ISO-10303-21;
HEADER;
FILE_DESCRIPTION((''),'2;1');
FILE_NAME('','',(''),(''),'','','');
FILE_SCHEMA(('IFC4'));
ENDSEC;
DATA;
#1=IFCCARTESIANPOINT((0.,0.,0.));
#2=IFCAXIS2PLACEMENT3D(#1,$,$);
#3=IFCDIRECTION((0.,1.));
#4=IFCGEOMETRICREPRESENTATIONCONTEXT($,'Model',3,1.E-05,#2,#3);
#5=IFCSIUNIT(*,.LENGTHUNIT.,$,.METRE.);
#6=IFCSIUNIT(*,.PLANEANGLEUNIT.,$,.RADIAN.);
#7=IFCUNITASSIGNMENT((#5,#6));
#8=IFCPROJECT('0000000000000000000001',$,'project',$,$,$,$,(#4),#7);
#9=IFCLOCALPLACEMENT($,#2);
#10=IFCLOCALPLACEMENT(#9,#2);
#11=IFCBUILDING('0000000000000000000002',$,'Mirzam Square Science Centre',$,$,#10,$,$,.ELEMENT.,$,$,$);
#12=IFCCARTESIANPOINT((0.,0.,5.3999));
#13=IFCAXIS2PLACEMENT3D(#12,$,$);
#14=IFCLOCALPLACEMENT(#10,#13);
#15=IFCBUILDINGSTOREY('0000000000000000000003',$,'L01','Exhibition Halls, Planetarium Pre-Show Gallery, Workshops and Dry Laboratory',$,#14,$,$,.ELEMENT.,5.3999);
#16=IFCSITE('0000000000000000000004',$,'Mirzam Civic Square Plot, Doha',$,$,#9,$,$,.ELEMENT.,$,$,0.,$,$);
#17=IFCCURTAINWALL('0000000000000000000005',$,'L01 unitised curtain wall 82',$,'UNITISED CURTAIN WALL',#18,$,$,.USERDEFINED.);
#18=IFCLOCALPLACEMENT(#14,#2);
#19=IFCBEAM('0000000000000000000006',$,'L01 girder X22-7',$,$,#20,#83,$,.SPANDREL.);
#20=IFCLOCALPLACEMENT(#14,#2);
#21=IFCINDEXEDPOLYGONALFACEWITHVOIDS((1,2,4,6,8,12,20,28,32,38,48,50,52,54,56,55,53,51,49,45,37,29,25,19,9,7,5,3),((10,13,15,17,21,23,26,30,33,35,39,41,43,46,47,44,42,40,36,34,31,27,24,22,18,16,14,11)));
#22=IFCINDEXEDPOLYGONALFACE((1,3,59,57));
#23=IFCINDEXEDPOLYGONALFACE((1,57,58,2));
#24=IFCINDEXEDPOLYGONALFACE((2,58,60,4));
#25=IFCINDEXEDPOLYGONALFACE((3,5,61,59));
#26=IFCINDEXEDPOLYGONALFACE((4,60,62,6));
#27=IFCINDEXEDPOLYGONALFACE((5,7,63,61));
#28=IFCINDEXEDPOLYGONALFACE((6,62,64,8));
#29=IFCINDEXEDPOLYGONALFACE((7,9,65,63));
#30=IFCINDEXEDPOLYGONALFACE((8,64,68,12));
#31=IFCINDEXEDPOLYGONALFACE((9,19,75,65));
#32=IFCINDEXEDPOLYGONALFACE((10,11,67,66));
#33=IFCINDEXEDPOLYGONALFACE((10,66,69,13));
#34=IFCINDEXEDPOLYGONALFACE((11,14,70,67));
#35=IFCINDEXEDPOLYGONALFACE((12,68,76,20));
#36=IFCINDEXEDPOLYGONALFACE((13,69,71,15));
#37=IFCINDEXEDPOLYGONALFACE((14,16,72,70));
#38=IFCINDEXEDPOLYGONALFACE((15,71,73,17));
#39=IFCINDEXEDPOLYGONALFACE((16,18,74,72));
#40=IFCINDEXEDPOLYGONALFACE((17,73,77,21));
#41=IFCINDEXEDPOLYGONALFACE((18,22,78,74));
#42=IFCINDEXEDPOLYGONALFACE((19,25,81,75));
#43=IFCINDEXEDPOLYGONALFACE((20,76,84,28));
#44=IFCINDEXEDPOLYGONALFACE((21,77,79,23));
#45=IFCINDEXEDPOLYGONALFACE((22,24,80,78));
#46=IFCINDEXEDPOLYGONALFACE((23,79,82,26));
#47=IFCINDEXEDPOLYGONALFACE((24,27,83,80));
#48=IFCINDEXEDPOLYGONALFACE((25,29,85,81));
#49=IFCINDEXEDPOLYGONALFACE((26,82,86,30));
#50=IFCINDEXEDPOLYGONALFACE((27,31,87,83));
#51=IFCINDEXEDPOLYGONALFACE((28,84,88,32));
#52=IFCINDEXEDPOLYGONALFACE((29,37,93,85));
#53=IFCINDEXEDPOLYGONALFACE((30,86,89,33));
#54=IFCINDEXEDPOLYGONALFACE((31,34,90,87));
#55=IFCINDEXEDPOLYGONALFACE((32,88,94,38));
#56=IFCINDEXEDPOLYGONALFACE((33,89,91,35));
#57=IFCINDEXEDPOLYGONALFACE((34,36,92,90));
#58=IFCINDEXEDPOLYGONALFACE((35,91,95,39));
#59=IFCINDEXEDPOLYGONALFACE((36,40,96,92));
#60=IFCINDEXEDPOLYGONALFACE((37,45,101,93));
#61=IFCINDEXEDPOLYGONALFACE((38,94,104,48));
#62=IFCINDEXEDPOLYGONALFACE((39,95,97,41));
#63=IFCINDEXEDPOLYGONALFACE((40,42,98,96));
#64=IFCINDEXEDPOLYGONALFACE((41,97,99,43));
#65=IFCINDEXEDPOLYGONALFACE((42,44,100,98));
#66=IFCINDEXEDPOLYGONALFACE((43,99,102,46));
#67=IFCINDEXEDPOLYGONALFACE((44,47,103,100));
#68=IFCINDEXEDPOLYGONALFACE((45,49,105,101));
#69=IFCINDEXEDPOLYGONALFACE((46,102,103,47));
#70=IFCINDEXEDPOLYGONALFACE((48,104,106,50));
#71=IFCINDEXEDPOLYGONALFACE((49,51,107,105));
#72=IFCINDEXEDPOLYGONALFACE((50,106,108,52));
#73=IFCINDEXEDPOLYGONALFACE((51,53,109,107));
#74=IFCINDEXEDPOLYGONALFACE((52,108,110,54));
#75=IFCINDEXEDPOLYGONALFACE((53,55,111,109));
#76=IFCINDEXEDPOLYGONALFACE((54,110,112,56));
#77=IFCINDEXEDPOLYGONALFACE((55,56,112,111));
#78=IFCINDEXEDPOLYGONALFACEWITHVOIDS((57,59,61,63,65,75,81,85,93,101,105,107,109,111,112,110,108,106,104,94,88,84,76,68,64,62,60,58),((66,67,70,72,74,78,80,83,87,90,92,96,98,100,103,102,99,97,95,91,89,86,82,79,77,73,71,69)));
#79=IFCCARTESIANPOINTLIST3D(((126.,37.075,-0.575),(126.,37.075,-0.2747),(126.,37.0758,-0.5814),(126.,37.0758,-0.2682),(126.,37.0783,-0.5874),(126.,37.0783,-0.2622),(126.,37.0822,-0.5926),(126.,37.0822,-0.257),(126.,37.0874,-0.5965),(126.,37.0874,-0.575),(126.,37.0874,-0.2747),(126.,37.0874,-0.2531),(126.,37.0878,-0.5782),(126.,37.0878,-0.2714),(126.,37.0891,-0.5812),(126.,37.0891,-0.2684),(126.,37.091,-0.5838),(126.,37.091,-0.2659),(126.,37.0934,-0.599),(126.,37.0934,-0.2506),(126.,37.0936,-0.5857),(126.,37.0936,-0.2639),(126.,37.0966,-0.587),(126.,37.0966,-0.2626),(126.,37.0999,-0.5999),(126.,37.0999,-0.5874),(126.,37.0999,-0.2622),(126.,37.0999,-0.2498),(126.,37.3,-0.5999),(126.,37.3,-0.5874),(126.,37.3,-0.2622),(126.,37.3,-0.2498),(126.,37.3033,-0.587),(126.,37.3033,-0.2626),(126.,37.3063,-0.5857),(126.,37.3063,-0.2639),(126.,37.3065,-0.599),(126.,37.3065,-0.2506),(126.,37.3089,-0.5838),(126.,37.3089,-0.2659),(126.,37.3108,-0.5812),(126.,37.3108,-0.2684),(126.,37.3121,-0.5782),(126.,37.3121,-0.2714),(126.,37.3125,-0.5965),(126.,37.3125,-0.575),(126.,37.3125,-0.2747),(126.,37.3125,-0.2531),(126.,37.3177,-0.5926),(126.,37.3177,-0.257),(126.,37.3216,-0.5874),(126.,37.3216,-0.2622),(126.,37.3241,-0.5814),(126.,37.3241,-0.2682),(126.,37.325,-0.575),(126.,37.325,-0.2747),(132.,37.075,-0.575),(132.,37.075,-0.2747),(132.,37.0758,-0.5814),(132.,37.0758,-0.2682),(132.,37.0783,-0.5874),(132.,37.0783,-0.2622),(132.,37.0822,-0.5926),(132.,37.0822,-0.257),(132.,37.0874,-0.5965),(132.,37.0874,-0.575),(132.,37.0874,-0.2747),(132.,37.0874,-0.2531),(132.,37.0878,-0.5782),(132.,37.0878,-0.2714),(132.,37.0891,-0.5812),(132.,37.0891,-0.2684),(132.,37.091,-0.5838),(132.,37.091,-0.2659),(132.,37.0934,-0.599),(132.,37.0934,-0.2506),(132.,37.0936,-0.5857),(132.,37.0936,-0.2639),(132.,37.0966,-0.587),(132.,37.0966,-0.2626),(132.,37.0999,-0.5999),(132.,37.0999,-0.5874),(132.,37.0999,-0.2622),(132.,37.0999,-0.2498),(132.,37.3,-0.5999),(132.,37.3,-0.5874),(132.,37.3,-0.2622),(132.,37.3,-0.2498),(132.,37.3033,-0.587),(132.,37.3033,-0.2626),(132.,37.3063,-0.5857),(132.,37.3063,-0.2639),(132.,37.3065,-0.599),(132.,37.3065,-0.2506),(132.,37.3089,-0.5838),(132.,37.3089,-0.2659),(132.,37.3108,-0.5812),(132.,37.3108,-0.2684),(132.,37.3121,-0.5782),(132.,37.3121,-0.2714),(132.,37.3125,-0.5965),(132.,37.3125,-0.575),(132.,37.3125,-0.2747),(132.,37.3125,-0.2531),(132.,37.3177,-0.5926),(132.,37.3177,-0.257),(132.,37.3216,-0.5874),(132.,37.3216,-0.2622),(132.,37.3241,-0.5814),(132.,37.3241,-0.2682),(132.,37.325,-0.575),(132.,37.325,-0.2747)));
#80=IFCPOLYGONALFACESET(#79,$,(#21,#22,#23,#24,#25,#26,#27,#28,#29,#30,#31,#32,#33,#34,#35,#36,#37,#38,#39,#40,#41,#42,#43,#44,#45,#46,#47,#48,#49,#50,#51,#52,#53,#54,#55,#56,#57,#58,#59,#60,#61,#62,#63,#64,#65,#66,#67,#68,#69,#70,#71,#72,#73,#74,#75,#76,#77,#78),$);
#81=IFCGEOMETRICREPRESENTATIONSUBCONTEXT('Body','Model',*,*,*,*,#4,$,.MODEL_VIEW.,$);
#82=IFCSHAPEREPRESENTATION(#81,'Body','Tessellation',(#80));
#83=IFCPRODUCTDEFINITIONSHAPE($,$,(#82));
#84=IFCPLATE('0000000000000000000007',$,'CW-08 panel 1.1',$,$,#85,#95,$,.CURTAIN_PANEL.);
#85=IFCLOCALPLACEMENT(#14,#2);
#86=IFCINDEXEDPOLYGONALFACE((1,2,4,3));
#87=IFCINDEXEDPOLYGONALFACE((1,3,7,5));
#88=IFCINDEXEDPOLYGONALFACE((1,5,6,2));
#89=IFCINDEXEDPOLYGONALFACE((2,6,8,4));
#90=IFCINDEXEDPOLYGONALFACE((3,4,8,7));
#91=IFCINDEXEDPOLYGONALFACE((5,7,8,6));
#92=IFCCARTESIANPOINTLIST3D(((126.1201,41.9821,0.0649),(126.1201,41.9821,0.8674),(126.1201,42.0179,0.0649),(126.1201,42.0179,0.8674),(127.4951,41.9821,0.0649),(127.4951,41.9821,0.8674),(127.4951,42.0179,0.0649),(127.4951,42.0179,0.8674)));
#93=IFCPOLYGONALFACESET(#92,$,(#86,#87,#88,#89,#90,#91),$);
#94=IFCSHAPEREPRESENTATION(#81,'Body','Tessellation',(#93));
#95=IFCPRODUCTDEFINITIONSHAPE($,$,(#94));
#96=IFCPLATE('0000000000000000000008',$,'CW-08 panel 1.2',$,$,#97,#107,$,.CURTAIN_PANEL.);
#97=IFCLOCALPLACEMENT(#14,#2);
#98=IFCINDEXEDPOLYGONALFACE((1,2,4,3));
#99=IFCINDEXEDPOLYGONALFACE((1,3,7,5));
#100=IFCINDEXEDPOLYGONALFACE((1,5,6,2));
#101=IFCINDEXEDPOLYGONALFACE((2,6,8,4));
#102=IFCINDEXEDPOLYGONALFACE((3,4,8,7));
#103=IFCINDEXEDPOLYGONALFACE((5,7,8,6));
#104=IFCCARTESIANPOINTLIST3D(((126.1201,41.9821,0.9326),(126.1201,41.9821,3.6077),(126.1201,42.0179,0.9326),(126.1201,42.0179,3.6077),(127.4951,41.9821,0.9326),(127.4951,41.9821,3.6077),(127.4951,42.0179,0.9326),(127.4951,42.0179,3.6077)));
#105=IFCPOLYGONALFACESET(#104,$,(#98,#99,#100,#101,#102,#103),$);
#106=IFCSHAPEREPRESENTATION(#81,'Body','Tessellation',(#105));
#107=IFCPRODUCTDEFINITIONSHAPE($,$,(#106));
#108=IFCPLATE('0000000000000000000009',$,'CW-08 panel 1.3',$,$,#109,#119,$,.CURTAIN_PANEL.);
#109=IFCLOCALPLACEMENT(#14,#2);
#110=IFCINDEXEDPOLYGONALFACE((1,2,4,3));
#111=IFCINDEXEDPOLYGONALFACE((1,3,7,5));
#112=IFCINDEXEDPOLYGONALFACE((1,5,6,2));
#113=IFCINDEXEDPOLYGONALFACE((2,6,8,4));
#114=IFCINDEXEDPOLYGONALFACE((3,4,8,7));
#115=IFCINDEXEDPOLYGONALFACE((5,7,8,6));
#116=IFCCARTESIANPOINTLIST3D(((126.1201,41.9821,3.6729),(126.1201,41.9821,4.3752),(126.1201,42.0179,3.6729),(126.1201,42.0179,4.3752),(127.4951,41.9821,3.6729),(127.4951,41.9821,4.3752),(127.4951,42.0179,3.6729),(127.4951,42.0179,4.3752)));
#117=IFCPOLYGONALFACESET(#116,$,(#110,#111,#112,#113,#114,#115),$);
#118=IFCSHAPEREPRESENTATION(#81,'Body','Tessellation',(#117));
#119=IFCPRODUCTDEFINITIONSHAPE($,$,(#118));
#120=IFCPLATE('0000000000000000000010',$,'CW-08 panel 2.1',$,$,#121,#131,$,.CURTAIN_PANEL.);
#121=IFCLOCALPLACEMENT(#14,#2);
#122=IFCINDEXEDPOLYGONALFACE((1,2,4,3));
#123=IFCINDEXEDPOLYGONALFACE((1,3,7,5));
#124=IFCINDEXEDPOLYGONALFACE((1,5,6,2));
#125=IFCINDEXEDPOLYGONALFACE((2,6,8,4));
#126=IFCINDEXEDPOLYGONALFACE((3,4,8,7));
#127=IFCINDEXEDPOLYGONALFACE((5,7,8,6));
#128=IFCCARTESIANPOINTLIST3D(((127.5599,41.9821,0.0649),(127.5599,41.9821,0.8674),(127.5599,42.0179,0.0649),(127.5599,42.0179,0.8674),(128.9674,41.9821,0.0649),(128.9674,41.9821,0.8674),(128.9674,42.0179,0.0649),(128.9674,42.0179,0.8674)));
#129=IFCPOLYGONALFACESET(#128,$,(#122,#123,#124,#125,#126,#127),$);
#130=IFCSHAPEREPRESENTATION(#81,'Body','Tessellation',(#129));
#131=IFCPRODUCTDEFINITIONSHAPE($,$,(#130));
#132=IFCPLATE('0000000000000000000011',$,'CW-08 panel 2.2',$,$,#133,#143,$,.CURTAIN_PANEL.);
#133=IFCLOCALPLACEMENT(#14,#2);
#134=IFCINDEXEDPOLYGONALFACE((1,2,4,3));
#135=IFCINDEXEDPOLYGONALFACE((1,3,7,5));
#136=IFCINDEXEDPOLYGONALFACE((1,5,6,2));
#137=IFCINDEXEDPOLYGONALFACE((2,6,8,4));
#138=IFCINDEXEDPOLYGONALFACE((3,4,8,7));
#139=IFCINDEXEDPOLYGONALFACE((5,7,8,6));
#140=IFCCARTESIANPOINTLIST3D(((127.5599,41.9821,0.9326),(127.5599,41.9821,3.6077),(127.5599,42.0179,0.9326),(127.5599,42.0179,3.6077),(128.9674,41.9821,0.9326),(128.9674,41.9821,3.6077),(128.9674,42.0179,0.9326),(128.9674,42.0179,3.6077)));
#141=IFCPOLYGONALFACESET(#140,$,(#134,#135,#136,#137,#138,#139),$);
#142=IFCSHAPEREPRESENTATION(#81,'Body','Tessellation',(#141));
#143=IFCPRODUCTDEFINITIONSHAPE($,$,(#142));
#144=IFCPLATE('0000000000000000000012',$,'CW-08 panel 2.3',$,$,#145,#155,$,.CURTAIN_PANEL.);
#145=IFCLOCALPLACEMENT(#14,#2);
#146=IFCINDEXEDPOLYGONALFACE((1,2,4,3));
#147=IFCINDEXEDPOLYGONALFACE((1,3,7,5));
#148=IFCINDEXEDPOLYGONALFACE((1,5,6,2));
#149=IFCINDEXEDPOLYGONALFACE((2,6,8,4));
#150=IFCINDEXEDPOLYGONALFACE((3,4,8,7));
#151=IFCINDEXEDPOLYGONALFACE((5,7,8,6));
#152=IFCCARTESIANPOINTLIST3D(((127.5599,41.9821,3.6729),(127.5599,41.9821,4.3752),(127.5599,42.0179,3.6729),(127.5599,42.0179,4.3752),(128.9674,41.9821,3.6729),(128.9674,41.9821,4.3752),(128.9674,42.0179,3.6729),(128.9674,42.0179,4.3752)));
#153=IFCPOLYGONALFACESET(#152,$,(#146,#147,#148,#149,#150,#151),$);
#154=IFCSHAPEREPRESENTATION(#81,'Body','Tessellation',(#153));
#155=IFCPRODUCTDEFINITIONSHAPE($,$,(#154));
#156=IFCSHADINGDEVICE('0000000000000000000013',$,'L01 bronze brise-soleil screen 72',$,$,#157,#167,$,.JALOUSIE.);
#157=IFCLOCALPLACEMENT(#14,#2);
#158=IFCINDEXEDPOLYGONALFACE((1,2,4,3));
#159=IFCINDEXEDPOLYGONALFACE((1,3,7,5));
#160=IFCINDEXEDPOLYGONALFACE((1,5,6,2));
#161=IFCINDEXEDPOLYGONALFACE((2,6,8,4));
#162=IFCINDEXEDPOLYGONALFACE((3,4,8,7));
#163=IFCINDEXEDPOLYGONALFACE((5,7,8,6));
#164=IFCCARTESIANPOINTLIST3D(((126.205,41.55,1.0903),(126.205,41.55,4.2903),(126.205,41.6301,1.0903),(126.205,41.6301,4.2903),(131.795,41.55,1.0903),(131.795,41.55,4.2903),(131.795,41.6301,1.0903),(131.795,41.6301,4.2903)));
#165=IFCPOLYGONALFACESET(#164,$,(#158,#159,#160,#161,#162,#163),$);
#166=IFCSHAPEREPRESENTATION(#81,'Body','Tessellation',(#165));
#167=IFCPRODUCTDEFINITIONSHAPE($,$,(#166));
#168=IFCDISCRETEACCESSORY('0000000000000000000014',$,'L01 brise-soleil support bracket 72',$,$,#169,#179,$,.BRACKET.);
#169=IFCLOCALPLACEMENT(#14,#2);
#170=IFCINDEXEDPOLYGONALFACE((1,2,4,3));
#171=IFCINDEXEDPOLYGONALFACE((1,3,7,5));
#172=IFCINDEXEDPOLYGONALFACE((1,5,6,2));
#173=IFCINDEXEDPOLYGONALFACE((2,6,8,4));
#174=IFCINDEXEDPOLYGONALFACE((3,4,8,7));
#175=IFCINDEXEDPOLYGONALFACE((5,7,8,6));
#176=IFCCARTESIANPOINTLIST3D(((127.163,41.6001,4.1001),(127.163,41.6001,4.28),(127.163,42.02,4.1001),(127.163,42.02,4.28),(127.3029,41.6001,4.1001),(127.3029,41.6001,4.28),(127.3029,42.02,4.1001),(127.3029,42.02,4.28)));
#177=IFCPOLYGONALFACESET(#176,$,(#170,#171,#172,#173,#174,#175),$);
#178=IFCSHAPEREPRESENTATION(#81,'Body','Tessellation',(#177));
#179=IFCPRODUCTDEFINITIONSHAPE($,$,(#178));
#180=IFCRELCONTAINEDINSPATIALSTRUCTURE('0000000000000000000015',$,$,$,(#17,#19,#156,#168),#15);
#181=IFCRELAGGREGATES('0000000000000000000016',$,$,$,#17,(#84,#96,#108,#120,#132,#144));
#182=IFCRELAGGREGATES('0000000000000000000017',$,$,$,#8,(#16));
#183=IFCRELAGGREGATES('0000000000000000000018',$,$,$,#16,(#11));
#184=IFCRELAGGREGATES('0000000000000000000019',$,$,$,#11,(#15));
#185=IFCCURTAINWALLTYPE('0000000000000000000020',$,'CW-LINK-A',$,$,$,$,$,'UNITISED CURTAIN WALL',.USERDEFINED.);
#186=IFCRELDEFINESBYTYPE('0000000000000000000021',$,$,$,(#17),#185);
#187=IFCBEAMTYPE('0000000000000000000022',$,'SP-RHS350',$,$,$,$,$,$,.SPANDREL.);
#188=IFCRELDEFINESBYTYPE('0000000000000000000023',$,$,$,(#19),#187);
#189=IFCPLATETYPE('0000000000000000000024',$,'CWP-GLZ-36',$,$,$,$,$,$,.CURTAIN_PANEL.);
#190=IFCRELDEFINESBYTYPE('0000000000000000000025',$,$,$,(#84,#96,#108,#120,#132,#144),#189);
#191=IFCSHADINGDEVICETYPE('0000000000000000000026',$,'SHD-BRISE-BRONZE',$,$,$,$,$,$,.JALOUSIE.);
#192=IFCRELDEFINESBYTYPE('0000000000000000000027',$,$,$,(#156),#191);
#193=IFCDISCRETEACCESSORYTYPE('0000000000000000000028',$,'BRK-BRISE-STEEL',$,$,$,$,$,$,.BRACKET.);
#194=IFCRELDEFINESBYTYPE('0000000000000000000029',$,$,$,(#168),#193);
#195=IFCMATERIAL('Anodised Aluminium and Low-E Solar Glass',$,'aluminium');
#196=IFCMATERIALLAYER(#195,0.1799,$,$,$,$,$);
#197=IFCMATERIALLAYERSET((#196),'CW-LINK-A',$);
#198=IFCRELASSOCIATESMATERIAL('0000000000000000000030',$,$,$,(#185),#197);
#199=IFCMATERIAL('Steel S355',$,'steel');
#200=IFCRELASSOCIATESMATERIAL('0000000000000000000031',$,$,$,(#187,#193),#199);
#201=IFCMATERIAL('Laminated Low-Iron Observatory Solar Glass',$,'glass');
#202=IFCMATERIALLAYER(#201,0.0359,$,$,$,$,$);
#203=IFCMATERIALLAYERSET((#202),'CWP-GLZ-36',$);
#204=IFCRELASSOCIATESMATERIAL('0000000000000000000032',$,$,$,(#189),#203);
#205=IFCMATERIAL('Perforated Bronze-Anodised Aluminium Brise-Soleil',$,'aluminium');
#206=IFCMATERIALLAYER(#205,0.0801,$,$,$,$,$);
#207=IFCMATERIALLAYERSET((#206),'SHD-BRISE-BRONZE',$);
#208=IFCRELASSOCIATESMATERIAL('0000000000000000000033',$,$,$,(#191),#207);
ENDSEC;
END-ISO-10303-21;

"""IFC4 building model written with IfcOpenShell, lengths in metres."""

from ifc_helpers import new_model, si_unit, direction, frame, origin, origin_2d, place, context, subcontext, project, spatial, rectangle, hollow_rectangle, extrude, material, layer, layer_set, material_profile, profile_set, type_object, element, aggregate, save


model = new_model("IFC4")

# Units and contexts
model_context = context("Model", 3, precision=1e-05, world=origin(), true_north=direction((0.0, 1.0)))
body_context = subcontext(model_context, "Body", "Model", "MODEL_VIEW")
ifc_project = project(units=[si_unit("LENGTHUNIT", "METRE"), si_unit("PLANEANGLEUNIT", "RADIAN")], contexts=[model_context])

# Site, building, storey
site_placement = place(None, origin())
site = spatial("IfcSite", under=ifc_project, at=site_placement, Name="Mirzam Civic Square Plot, Doha", CompositionType="ELEMENT", RefElevation=0.0)
building_placement = place(site_placement, origin())
building = spatial("IfcBuilding", under=site, at=building_placement, Name="Mirzam Square Science Centre", CompositionType="ELEMENT")
storey_placement = place(building_placement, frame((0.0, 0.0, 5.3999)))
storey = spatial("IfcBuildingStorey", under=building, at=storey_placement, Name="L01", Description="Exhibition Halls, Planetarium Pre-Show Gallery, Workshops and Dry Laboratory", CompositionType="ELEMENT", Elevation=5.3999)

# Shared definitions
ifc_material_1 = material(Name="Steel S355", Category="steel")

# Curtain wall
ifc_material_2 = material(Name="Anodised Aluminium and Low-E Solar Glass", Category="aluminium")
ifc_layer_1 = layer(ifc_material_2, 0.1799)
ifc_layer_set_1 = layer_set([ifc_layer_1], Name="CW-LINK-A")
curtain_wall_type = type_object("IfcCurtainWallType", Name="CW-LINK-A", ElementType="UNITISED CURTAIN WALL", PredefinedType="USERDEFINED", material=ifc_layer_set_1)
curtain_wall_placement = place(storey_placement, origin())
curtain_wall = element("IfcCurtainWall", 1, at=curtain_wall_placement, inside=storey, type_object=curtain_wall_type, Name="L01 unitised curtain wall 82", ObjectType="UNITISED CURTAIN WALL", PredefinedType="USERDEFINED")

# Beam
ifc_material_profile_1 = material_profile(ifc_material_1, hollow_rectangle(XDim=0.25, YDim=0.3501, WallThickness=0.0125, InnerFilletRadius=0.0125, OuterFilletRadius=0.0249, at=origin_2d()), Name="350x250x12.5RHS")
ifc_profile_set_1 = profile_set([ifc_material_profile_1], Name="Steel S355")
beam_type_1 = type_object("IfcBeamType", Name="SP-RHS350", PredefinedType="SPANDREL", material=ifc_profile_set_1)
beam_1_placement = place(storey_placement, frame((126.0, 37.2, -0.4248), z_axis=(1.0, 0.0, 0.0), x_axis=(0.0, 1.0, 0.0)))
element("IfcBeam", 2, at=beam_1_placement, inside=storey, type_object=beam_type_1, Name="L01 girder X22-7", PredefinedType="SPANDREL", context=body_context, shape_type="SweptSolid", body=[
    extrude(hollow_rectangle(XDim=0.25, YDim=0.3501, WallThickness=0.0125, InnerFilletRadius=0.0125, OuterFilletRadius=0.0249, at=origin_2d()), origin(), (0.0, 0.0, 1.0), 6.0),
])

# Plates
ifc_material_3 = material(Name="Laminated Low-Iron Observatory Solar Glass", Category="glass")
ifc_layer_2 = layer(ifc_material_3, 0.0359)
ifc_layer_set_2 = layer_set([ifc_layer_2], Name="CWP-GLZ-36")
plate_type = type_object("IfcPlateType", Name="CWP-GLZ-36", PredefinedType="CURTAIN_PANEL", material=ifc_layer_set_2)
plate_1_placement = place(storey_placement, frame((126.8076, 42.0, 0.0649), z_axis=(0.0, 0.0, 1.0), x_axis=(1.0, 0.0, 0.0)))
plate_1 = element("IfcPlate", 3, at=plate_1_placement, type_object=plate_type, Name="CW-08 panel 1.1", PredefinedType="CURTAIN_PANEL", context=body_context, shape_type="SweptSolid", body=[
    extrude(rectangle(XDim=1.375, YDim=0.0359, at=origin_2d()), origin(), (0.0, 0.0, 1.0), 0.8025),
])
plate_2_placement = place(storey_placement, frame((126.8076, 42.0, 0.9326), z_axis=(0.0, 0.0, 1.0), x_axis=(1.0, 0.0, 0.0)))
plate_2 = element("IfcPlate", 4, at=plate_2_placement, type_object=plate_type, Name="CW-08 panel 1.2", PredefinedType="CURTAIN_PANEL", context=body_context, shape_type="SweptSolid", body=[
    extrude(rectangle(XDim=1.375, YDim=0.0359, at=origin_2d()), origin(), (0.0, 0.0, 1.0), 2.675),
])
plate_3_placement = place(storey_placement, frame((126.8076, 42.0, 3.6729), z_axis=(0.0, 0.0, 1.0), x_axis=(1.0, 0.0, 0.0)))
plate_3 = element("IfcPlate", 5, at=plate_3_placement, type_object=plate_type, Name="CW-08 panel 1.3", PredefinedType="CURTAIN_PANEL", context=body_context, shape_type="SweptSolid", body=[
    extrude(rectangle(XDim=1.375, YDim=0.0359, at=origin_2d()), origin(), (0.0, 0.0, 1.0), 0.7024),
])
plate_4_placement = place(storey_placement, frame((128.2637, 42.0, 0.0649), z_axis=(0.0, 0.0, 1.0), x_axis=(1.0, 0.0, 0.0)))
plate_4 = element("IfcPlate", 6, at=plate_4_placement, type_object=plate_type, Name="CW-08 panel 2.1", PredefinedType="CURTAIN_PANEL", context=body_context, shape_type="SweptSolid", body=[
    extrude(rectangle(XDim=1.4075, YDim=0.0359, at=origin_2d()), origin(), (0.0, 0.0, 1.0), 0.8025),
])
plate_5_placement = place(storey_placement, frame((128.2637, 42.0, 0.9326), z_axis=(0.0, 0.0, 1.0), x_axis=(1.0, 0.0, 0.0)))
plate_5 = element("IfcPlate", 7, at=plate_5_placement, type_object=plate_type, Name="CW-08 panel 2.2", PredefinedType="CURTAIN_PANEL", context=body_context, shape_type="SweptSolid", body=[
    extrude(rectangle(XDim=1.4075, YDim=0.0359, at=origin_2d()), origin(), (0.0, 0.0, 1.0), 2.675),
])
plate_6_placement = place(storey_placement, frame((128.2637, 42.0, 3.6729), z_axis=(0.0, 0.0, 1.0), x_axis=(1.0, 0.0, 0.0)))
plate_6 = element("IfcPlate", 8, at=plate_6_placement, type_object=plate_type, Name="CW-08 panel 2.3", PredefinedType="CURTAIN_PANEL", context=body_context, shape_type="SweptSolid", body=[
    extrude(rectangle(XDim=1.4075, YDim=0.0359, at=origin_2d()), origin(), (0.0, 0.0, 1.0), 0.7024),
])
aggregate(curtain_wall, [plate_1, plate_2, plate_3, plate_4, plate_5, plate_6])

# Shading device
ifc_material_4 = material(Name="Perforated Bronze-Anodised Aluminium Brise-Soleil", Category="aluminium")
ifc_layer_3 = layer(ifc_material_4, 0.0801)
ifc_layer_set_3 = layer_set([ifc_layer_3], Name="SHD-BRISE-BRONZE")
shading_device_type = type_object("IfcShadingDeviceType", Name="SHD-BRISE-BRONZE", PredefinedType="JALOUSIE", material=ifc_layer_set_3)
shading_device_placement = place(storey_placement, frame((129.0, 41.5901, 1.0903), z_axis=(0.0, 0.0, 1.0), x_axis=(1.0, 0.0, 0.0)))
element("IfcShadingDevice", 9, at=shading_device_placement, inside=storey, type_object=shading_device_type, Name="L01 bronze brise-soleil screen 72", PredefinedType="JALOUSIE", context=body_context, shape_type="SweptSolid", body=[
    extrude(rectangle(XDim=5.5901, YDim=0.0801, at=origin_2d()), origin(), (0.0, 0.0, 1.0), 3.2),
])

# Discrete accessory
discrete_accessory_type = type_object("IfcDiscreteAccessoryType", Name="BRK-BRISE-STEEL", PredefinedType="BRACKET", material=ifc_material_1)
discrete_accessory_placement = place(storey_placement, frame((127.2329, 41.8101, 4.1001), z_axis=(0.0, 0.0, 1.0), x_axis=(1.0, 0.0, 0.0)))
element("IfcDiscreteAccessory", 10, at=discrete_accessory_placement, inside=storey, type_object=discrete_accessory_type, Name="L01 brise-soleil support bracket 72", PredefinedType="BRACKET", context=body_context, shape_type="SweptSolid", body=[
    extrude(rectangle(XDim=0.1399, YDim=0.4199, at=origin_2d()), origin(), (0.0, 0.0, 1.0), 0.1799),
])

save(model, "model.ifc")
